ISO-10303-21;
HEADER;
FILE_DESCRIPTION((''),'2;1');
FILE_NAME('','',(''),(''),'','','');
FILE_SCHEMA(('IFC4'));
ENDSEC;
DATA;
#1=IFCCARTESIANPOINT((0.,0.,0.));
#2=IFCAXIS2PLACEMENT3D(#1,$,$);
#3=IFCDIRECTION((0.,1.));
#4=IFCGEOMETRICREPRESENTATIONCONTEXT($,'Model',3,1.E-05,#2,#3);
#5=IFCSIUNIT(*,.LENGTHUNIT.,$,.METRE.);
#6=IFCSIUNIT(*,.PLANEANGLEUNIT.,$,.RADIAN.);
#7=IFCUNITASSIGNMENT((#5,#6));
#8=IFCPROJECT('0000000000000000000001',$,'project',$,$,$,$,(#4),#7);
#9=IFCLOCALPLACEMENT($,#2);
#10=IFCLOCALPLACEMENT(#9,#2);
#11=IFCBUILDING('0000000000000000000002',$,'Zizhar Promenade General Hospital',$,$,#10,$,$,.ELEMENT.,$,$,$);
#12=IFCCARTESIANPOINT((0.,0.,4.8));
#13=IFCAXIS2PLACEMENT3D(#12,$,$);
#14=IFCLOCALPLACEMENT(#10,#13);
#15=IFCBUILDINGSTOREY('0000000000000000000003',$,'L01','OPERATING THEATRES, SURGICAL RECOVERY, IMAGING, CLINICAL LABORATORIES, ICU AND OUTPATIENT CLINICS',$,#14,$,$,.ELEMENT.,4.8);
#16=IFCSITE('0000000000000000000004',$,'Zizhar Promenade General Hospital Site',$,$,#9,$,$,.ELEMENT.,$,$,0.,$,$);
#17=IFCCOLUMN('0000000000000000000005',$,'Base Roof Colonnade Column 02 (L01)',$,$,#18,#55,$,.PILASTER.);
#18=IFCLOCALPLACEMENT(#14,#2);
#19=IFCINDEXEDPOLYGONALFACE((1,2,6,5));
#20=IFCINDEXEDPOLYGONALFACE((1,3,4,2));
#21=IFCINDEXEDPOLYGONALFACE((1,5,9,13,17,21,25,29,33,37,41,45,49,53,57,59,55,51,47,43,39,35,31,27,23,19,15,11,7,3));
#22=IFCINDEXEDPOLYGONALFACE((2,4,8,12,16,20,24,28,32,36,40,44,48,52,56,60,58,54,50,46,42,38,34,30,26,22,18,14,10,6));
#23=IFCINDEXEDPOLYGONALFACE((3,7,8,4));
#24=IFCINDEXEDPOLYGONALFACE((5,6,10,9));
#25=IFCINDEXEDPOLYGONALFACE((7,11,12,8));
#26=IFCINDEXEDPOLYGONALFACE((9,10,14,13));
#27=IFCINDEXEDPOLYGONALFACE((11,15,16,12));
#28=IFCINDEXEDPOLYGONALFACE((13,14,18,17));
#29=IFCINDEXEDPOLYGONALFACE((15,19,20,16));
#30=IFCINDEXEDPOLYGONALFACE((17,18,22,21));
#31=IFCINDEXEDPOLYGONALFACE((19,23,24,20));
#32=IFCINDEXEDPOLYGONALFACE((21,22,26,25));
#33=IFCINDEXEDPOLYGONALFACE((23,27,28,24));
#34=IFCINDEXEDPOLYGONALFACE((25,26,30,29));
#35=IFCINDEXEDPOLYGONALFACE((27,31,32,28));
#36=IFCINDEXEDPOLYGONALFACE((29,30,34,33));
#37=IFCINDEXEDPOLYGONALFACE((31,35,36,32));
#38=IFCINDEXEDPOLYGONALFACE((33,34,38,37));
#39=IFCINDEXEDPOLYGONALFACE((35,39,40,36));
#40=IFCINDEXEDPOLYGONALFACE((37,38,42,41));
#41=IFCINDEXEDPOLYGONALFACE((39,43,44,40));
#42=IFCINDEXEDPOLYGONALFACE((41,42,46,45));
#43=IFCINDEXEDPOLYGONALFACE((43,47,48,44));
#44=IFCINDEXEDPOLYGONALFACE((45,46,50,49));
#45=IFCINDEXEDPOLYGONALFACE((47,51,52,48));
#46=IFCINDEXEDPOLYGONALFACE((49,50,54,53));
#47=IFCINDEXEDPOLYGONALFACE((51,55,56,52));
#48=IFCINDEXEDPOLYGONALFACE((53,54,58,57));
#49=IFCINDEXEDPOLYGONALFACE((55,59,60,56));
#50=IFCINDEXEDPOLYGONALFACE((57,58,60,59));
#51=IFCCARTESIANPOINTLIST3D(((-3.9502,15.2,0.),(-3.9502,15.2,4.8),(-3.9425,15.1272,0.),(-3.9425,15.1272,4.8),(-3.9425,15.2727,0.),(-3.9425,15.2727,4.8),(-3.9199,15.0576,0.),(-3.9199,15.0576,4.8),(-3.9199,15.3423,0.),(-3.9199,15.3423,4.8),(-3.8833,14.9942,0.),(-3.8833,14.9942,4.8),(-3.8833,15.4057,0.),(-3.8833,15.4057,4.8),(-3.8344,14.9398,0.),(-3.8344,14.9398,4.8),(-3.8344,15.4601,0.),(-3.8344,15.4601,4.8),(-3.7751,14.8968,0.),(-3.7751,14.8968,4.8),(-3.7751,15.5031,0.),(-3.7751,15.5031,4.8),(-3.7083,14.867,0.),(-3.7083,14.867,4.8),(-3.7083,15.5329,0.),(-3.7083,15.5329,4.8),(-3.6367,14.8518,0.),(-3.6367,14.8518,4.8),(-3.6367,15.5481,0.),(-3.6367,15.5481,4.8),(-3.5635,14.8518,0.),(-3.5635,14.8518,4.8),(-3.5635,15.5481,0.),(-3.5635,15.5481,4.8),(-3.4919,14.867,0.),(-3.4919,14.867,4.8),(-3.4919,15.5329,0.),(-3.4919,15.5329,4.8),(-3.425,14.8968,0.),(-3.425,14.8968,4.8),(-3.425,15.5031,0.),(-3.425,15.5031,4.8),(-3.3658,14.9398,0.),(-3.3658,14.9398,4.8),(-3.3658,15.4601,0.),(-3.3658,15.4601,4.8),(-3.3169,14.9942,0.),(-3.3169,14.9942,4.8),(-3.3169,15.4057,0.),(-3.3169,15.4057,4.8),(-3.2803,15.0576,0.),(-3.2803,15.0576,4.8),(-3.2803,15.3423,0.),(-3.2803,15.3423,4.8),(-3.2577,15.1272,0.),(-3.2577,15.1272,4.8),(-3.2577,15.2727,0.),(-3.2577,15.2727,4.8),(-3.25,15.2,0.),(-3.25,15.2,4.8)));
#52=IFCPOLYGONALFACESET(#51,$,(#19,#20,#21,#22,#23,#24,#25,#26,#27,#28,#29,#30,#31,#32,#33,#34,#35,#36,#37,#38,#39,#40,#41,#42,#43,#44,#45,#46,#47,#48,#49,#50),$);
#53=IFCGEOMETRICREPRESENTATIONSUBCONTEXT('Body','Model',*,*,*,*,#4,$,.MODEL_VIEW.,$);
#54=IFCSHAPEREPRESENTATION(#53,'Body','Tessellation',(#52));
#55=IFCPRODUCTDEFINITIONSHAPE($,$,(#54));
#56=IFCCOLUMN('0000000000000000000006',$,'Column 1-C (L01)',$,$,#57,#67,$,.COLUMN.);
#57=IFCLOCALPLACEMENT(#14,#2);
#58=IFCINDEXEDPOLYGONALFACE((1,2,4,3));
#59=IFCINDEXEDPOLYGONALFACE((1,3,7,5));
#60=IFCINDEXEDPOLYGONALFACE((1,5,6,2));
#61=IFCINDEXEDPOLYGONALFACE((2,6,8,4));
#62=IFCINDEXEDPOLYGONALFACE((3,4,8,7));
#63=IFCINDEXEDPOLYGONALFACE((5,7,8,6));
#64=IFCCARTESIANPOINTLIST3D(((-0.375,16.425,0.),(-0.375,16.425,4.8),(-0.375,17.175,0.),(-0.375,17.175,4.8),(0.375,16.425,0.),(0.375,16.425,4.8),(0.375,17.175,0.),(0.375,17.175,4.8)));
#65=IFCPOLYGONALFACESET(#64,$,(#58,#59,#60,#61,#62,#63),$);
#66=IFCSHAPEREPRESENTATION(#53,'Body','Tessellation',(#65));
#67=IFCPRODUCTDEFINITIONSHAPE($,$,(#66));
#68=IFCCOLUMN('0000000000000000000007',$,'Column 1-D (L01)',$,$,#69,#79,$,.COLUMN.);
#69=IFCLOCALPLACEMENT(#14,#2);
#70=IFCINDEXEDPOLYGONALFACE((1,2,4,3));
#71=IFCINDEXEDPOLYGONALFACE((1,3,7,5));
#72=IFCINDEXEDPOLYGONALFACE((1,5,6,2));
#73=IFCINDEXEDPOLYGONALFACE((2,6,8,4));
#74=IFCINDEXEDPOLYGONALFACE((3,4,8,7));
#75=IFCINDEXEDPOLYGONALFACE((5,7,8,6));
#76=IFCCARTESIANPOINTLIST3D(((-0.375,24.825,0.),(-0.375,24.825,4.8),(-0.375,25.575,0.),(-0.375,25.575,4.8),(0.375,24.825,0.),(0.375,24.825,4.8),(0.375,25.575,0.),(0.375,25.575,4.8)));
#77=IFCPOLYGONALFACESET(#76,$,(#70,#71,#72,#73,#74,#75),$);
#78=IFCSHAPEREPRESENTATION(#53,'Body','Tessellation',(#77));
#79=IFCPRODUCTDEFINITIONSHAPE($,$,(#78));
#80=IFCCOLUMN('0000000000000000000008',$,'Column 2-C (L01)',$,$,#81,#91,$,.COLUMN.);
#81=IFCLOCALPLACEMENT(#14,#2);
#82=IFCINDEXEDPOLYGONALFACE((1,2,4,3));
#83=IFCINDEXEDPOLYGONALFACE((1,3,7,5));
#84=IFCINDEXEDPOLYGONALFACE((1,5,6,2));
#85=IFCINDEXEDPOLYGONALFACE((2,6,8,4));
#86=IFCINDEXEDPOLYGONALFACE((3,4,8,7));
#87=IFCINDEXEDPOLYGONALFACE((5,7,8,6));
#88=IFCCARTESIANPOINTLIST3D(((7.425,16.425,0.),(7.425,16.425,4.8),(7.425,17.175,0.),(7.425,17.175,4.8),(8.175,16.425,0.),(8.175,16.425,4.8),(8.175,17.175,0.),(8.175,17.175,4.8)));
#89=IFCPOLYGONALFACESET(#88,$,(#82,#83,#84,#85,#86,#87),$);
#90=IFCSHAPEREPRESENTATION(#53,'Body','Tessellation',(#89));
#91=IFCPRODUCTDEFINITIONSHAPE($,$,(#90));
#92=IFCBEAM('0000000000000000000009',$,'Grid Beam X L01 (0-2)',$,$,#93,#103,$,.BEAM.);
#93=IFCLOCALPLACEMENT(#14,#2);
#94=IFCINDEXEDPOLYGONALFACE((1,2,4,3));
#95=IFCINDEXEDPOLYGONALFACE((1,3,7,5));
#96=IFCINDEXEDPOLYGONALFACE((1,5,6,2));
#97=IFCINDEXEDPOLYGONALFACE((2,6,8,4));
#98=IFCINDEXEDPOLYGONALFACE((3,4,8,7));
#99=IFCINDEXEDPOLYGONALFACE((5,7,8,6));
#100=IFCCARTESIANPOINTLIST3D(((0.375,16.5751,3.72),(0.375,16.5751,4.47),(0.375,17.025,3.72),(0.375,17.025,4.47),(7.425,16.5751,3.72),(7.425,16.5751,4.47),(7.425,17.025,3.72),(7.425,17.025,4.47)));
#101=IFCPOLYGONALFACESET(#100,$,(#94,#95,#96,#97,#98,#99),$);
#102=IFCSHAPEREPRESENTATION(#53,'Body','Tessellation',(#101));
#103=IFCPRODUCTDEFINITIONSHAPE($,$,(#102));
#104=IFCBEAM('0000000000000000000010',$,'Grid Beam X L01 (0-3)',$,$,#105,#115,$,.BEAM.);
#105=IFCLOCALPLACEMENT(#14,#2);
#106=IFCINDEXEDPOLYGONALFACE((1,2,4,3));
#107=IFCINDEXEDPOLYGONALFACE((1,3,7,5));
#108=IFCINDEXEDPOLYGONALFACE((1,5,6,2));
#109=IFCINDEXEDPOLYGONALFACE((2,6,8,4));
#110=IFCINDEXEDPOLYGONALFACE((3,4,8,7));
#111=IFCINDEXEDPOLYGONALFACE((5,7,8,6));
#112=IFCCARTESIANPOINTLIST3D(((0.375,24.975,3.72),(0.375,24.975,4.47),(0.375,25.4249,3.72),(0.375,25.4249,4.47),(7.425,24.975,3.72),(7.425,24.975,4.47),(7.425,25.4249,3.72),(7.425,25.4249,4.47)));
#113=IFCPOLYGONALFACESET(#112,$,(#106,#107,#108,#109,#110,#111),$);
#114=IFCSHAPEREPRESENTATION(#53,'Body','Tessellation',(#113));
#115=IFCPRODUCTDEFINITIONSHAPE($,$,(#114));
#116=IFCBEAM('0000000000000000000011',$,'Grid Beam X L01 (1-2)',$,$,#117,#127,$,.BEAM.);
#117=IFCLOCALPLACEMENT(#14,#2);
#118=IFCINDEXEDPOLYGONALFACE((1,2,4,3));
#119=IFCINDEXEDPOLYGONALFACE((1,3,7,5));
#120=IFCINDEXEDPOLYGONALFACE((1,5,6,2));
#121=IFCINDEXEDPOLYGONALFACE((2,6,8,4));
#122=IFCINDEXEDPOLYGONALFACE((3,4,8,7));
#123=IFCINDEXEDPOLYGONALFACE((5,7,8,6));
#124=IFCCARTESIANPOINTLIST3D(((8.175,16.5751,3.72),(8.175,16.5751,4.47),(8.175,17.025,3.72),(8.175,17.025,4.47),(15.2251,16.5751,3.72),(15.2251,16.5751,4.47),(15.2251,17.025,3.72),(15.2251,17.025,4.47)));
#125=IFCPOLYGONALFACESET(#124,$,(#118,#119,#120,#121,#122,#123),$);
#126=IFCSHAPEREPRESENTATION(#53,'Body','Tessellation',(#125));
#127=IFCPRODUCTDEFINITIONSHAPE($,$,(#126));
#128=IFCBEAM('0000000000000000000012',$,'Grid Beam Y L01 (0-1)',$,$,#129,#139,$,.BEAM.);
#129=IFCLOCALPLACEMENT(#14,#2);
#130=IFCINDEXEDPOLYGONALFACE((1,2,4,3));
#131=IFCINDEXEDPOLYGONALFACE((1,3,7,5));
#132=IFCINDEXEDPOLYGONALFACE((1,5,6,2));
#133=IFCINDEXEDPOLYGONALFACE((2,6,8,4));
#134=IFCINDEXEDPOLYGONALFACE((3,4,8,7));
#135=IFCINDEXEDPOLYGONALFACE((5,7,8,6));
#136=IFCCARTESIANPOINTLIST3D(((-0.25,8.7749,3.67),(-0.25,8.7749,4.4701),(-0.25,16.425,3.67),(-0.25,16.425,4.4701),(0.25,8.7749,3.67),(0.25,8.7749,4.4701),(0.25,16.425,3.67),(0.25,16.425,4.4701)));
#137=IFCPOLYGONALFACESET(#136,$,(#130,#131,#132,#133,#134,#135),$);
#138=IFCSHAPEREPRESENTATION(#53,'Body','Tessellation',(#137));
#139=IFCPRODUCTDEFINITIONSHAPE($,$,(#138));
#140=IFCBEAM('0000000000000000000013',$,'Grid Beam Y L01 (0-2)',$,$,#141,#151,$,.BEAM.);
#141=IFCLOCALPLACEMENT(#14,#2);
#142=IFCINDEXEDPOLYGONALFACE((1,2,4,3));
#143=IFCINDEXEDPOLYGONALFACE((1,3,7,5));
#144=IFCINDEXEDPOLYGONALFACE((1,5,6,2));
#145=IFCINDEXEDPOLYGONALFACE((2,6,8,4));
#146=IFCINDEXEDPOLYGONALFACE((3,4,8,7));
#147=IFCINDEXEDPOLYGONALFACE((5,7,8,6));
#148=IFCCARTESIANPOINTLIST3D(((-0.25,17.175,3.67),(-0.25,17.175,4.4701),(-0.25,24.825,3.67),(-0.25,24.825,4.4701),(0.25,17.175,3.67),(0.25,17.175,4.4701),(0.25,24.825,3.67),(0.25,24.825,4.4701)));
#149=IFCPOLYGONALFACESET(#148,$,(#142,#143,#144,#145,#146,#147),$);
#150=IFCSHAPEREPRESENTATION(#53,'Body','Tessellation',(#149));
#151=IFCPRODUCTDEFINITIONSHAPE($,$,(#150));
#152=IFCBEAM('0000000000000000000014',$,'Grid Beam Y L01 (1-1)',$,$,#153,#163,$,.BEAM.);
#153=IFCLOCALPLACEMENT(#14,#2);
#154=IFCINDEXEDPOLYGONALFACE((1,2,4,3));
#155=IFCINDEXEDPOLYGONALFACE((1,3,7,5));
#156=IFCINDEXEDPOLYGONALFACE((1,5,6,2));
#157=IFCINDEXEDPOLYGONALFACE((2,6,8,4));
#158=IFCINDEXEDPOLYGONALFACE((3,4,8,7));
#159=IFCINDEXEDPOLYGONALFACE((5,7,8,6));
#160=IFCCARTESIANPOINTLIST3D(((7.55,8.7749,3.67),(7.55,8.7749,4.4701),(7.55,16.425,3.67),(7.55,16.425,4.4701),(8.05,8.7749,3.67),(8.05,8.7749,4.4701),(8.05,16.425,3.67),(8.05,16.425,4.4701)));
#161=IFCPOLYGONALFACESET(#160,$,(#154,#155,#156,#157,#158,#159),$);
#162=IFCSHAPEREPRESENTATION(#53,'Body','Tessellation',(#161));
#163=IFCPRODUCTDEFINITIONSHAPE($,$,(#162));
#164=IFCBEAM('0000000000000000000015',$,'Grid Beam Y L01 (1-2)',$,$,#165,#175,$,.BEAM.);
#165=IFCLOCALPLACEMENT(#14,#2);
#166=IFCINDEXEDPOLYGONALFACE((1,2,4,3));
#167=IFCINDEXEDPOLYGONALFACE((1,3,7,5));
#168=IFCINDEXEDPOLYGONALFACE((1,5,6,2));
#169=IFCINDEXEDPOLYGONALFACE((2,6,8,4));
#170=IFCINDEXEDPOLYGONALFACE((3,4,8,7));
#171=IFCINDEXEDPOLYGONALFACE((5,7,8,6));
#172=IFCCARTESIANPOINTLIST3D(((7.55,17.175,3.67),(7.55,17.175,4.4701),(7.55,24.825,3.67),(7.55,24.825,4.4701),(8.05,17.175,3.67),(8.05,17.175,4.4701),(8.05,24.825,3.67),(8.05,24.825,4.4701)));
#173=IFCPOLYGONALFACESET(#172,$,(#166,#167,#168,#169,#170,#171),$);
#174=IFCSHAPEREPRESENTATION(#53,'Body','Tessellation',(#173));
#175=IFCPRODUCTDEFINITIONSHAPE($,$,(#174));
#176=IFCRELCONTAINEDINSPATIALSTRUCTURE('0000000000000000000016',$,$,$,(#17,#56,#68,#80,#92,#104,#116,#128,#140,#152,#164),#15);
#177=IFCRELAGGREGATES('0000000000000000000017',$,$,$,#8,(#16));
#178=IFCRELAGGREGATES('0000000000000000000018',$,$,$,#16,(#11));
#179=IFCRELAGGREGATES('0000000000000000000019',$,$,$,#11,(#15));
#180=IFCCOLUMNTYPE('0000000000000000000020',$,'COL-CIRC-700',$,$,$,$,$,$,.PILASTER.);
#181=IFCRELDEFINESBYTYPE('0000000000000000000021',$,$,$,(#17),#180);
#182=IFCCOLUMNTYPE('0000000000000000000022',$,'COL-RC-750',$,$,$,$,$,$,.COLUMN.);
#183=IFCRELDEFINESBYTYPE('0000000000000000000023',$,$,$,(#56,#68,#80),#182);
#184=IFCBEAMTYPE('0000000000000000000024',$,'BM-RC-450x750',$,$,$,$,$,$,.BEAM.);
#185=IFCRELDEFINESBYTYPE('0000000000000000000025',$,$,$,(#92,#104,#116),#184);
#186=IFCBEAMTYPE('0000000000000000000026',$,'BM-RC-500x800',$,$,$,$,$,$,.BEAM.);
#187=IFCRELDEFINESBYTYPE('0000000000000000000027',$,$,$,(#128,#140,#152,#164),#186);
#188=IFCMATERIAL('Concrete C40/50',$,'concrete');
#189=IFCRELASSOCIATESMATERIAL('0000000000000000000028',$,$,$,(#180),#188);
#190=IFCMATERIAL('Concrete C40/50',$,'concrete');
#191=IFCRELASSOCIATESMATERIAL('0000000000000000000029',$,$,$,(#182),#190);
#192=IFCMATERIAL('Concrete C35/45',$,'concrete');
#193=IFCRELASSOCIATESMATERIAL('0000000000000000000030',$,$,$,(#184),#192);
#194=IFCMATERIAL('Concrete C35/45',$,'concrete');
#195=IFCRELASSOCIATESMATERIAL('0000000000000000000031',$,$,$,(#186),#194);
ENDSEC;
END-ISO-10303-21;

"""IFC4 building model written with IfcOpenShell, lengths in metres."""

from ifc_helpers import new_model, si_unit, direction, frame, origin, origin_2d, place, context, subcontext, project, spatial, rectangle, circle, extrude, material, material_profile, profile_set, type_object, element, save


model = new_model("IFC4")

# Units and contexts
model_context = context("Model", 3, precision=1e-05, world=origin(), true_north=direction((0.0, 1.0)))
body_context = subcontext(model_context, "Body", "Model", "MODEL_VIEW")
ifc_project = project(units=[si_unit("LENGTHUNIT", "METRE"), si_unit("PLANEANGLEUNIT", "RADIAN")], contexts=[model_context])

# Site, building, storey
site_placement = place(None, origin())
site = spatial("IfcSite", under=ifc_project, at=site_placement, Name="Zizhar Promenade General Hospital Site", CompositionType="ELEMENT", RefElevation=0.0)
building_placement = place(site_placement, origin())
building = spatial("IfcBuilding", under=site, at=building_placement, Name="Zizhar Promenade General Hospital", CompositionType="ELEMENT")
storey_placement = place(building_placement, frame((0.0, 0.0, 4.8)))
storey = spatial("IfcBuildingStorey", under=building, at=storey_placement, Name="L01", Description="OPERATING THEATRES, SURGICAL RECOVERY, IMAGING, CLINICAL LABORATORIES, ICU AND OUTPATIENT CLINICS", CompositionType="ELEMENT", Elevation=4.8)

# Columns
ifc_material_1 = material(Name="Concrete C40/50", Category="concrete")
ifc_material_profile_1 = material_profile(ifc_material_1, circle(Radius=0.3501, at=origin_2d()))
ifc_profile_set_1 = profile_set([ifc_material_profile_1], Name="Concrete C40/50")
column_type_1 = type_object("IfcColumnType", Name="COL-CIRC-700", PredefinedType="PILASTER", material=ifc_profile_set_1)
column_placement = place(storey_placement, frame((-3.6001, 15.2, 0.0), z_axis=(0.0, 0.0, 1.0), x_axis=(1.0, 0.0, 0.0)))
element("IfcColumn", 1, at=column_placement, inside=storey, type_object=column_type_1, Name="Base Roof Colonnade Column 02 (L01)", PredefinedType="PILASTER", context=body_context, shape_type="SweptSolid", body=[
    extrude(circle(Radius=0.3501, at=origin_2d()), origin(), (0.0, 0.0, 1.0), 4.8),
])
ifc_material_2 = material(Name="Concrete C40/50", Category="concrete")
ifc_material_profile_2 = material_profile(ifc_material_2, rectangle(XDim=0.75, YDim=0.75, at=origin_2d()))
ifc_profile_set_2 = profile_set([ifc_material_profile_2], Name="Concrete C40/50")
column_type_2 = type_object("IfcColumnType", Name="COL-RC-750", PredefinedType="COLUMN", material=ifc_profile_set_2)
for number, where, z_axis, x_axis, name in (
    (2, (0.0, 16.8, 0.0), (0.0, 0.0, 1.0), (1.0, 0.0, 0.0), "Column 1-C (L01)"),
    (3, (0.0, 25.2, 0.0), (0.0, 0.0, 1.0), (1.0, 0.0, 0.0), "Column 1-D (L01)"),
    (4, (7.8, 16.8, 0.0), (0.0, 0.0, 1.0), (1.0, 0.0, 0.0), "Column 2-C (L01)"),
):
    element("IfcColumn", number, at=place(storey_placement, frame(where, z_axis=z_axis, x_axis=x_axis)), inside=storey, type_object=column_type_2, Name=name, PredefinedType="COLUMN", context=body_context, shape_type="SweptSolid", body=[
        extrude(rectangle(XDim=0.75, YDim=0.75, at=origin_2d()), origin(), (0.0, 0.0, 1.0), 4.8),
    ])

# Beams
ifc_material_3 = material(Name="Concrete C35/45", Category="concrete")
ifc_material_profile_3 = material_profile(ifc_material_3, rectangle(XDim=0.45, YDim=0.75, at=origin_2d()))
ifc_profile_set_3 = profile_set([ifc_material_profile_3], Name="Concrete C35/45")
beam_type_1 = type_object("IfcBeamType", Name="BM-RC-450x750", PredefinedType="BEAM", material=ifc_profile_set_3)
for number, where, z_axis, x_axis, name in (
    (5, (0.375, 16.8, 4.095), (1.0, 0.0, 0.0), (0.0, 1.0, 0.0), "Grid Beam X L01 (0-2)"),
    (6, (0.375, 25.2, 4.095), (1.0, 0.0, 0.0), (0.0, 1.0, 0.0), "Grid Beam X L01 (0-3)"),
    (7, (8.175, 16.8, 4.095), (1.0, 0.0, 0.0), (0.0, 1.0, 0.0), "Grid Beam X L01 (1-2)"),
):
    element("IfcBeam", number, at=place(storey_placement, frame(where, z_axis=z_axis, x_axis=x_axis)), inside=storey, type_object=beam_type_1, Name=name, PredefinedType="BEAM", context=body_context, shape_type="SweptSolid", body=[
        extrude(rectangle(XDim=0.45, YDim=0.75, at=origin_2d()), origin(), (0.0, 0.0, 1.0), 7.05),
    ])
ifc_material_4 = material(Name="Concrete C35/45", Category="concrete")
ifc_material_profile_4 = material_profile(ifc_material_4, rectangle(XDim=0.5, YDim=0.8, at=origin_2d()))
ifc_profile_set_4 = profile_set([ifc_material_profile_4], Name="Concrete C35/45")
beam_type_2 = type_object("IfcBeamType", Name="BM-RC-500x800", PredefinedType="BEAM", material=ifc_profile_set_4)
beam_1_placement = place(storey_placement, frame((0.0, 8.7749, 4.0701), z_axis=(0.0, 1.0, 0.0), x_axis=(-1.0, 0.0, 0.0)))
element("IfcBeam", 8, at=beam_1_placement, inside=storey, type_object=beam_type_2, Name="Grid Beam Y L01 (0-1)", PredefinedType="BEAM", context=body_context, shape_type="SweptSolid", body=[
    extrude(rectangle(XDim=0.5, YDim=0.8, at=origin_2d()), origin(), (0.0, 0.0, 1.0), 7.6501),
])
beam_2_placement = place(storey_placement, frame((0.0, 17.175, 4.0701), z_axis=(0.0, 1.0, 0.0), x_axis=(-1.0, 0.0, 0.0)))
element("IfcBeam", 9, at=beam_2_placement, inside=storey, type_object=beam_type_2, Name="Grid Beam Y L01 (0-2)", PredefinedType="BEAM", context=body_context, shape_type="SweptSolid", body=[
    extrude(rectangle(XDim=0.5, YDim=0.8, at=origin_2d()), origin(), (0.0, 0.0, 1.0), 7.6499),
])
beam_3_placement = place(storey_placement, frame((7.8, 8.7749, 4.0701), z_axis=(0.0, 1.0, 0.0), x_axis=(-1.0, 0.0, 0.0)))
element("IfcBeam", 10, at=beam_3_placement, inside=storey, type_object=beam_type_2, Name="Grid Beam Y L01 (1-1)", PredefinedType="BEAM", context=body_context, shape_type="SweptSolid", body=[
    extrude(rectangle(XDim=0.5, YDim=0.8, at=origin_2d()), origin(), (0.0, 0.0, 1.0), 7.6501),
])
beam_4_placement = place(storey_placement, frame((7.8, 17.175, 4.0701), z_axis=(0.0, 1.0, 0.0), x_axis=(-1.0, 0.0, 0.0)))
element("IfcBeam", 11, at=beam_4_placement, inside=storey, type_object=beam_type_2, Name="Grid Beam Y L01 (1-2)", PredefinedType="BEAM", context=body_context, shape_type="SweptSolid", body=[
    extrude(rectangle(XDim=0.5, YDim=0.8, at=origin_2d()), origin(), (0.0, 0.0, 1.0), 7.6499),
])

save(model, "model.ifc")
